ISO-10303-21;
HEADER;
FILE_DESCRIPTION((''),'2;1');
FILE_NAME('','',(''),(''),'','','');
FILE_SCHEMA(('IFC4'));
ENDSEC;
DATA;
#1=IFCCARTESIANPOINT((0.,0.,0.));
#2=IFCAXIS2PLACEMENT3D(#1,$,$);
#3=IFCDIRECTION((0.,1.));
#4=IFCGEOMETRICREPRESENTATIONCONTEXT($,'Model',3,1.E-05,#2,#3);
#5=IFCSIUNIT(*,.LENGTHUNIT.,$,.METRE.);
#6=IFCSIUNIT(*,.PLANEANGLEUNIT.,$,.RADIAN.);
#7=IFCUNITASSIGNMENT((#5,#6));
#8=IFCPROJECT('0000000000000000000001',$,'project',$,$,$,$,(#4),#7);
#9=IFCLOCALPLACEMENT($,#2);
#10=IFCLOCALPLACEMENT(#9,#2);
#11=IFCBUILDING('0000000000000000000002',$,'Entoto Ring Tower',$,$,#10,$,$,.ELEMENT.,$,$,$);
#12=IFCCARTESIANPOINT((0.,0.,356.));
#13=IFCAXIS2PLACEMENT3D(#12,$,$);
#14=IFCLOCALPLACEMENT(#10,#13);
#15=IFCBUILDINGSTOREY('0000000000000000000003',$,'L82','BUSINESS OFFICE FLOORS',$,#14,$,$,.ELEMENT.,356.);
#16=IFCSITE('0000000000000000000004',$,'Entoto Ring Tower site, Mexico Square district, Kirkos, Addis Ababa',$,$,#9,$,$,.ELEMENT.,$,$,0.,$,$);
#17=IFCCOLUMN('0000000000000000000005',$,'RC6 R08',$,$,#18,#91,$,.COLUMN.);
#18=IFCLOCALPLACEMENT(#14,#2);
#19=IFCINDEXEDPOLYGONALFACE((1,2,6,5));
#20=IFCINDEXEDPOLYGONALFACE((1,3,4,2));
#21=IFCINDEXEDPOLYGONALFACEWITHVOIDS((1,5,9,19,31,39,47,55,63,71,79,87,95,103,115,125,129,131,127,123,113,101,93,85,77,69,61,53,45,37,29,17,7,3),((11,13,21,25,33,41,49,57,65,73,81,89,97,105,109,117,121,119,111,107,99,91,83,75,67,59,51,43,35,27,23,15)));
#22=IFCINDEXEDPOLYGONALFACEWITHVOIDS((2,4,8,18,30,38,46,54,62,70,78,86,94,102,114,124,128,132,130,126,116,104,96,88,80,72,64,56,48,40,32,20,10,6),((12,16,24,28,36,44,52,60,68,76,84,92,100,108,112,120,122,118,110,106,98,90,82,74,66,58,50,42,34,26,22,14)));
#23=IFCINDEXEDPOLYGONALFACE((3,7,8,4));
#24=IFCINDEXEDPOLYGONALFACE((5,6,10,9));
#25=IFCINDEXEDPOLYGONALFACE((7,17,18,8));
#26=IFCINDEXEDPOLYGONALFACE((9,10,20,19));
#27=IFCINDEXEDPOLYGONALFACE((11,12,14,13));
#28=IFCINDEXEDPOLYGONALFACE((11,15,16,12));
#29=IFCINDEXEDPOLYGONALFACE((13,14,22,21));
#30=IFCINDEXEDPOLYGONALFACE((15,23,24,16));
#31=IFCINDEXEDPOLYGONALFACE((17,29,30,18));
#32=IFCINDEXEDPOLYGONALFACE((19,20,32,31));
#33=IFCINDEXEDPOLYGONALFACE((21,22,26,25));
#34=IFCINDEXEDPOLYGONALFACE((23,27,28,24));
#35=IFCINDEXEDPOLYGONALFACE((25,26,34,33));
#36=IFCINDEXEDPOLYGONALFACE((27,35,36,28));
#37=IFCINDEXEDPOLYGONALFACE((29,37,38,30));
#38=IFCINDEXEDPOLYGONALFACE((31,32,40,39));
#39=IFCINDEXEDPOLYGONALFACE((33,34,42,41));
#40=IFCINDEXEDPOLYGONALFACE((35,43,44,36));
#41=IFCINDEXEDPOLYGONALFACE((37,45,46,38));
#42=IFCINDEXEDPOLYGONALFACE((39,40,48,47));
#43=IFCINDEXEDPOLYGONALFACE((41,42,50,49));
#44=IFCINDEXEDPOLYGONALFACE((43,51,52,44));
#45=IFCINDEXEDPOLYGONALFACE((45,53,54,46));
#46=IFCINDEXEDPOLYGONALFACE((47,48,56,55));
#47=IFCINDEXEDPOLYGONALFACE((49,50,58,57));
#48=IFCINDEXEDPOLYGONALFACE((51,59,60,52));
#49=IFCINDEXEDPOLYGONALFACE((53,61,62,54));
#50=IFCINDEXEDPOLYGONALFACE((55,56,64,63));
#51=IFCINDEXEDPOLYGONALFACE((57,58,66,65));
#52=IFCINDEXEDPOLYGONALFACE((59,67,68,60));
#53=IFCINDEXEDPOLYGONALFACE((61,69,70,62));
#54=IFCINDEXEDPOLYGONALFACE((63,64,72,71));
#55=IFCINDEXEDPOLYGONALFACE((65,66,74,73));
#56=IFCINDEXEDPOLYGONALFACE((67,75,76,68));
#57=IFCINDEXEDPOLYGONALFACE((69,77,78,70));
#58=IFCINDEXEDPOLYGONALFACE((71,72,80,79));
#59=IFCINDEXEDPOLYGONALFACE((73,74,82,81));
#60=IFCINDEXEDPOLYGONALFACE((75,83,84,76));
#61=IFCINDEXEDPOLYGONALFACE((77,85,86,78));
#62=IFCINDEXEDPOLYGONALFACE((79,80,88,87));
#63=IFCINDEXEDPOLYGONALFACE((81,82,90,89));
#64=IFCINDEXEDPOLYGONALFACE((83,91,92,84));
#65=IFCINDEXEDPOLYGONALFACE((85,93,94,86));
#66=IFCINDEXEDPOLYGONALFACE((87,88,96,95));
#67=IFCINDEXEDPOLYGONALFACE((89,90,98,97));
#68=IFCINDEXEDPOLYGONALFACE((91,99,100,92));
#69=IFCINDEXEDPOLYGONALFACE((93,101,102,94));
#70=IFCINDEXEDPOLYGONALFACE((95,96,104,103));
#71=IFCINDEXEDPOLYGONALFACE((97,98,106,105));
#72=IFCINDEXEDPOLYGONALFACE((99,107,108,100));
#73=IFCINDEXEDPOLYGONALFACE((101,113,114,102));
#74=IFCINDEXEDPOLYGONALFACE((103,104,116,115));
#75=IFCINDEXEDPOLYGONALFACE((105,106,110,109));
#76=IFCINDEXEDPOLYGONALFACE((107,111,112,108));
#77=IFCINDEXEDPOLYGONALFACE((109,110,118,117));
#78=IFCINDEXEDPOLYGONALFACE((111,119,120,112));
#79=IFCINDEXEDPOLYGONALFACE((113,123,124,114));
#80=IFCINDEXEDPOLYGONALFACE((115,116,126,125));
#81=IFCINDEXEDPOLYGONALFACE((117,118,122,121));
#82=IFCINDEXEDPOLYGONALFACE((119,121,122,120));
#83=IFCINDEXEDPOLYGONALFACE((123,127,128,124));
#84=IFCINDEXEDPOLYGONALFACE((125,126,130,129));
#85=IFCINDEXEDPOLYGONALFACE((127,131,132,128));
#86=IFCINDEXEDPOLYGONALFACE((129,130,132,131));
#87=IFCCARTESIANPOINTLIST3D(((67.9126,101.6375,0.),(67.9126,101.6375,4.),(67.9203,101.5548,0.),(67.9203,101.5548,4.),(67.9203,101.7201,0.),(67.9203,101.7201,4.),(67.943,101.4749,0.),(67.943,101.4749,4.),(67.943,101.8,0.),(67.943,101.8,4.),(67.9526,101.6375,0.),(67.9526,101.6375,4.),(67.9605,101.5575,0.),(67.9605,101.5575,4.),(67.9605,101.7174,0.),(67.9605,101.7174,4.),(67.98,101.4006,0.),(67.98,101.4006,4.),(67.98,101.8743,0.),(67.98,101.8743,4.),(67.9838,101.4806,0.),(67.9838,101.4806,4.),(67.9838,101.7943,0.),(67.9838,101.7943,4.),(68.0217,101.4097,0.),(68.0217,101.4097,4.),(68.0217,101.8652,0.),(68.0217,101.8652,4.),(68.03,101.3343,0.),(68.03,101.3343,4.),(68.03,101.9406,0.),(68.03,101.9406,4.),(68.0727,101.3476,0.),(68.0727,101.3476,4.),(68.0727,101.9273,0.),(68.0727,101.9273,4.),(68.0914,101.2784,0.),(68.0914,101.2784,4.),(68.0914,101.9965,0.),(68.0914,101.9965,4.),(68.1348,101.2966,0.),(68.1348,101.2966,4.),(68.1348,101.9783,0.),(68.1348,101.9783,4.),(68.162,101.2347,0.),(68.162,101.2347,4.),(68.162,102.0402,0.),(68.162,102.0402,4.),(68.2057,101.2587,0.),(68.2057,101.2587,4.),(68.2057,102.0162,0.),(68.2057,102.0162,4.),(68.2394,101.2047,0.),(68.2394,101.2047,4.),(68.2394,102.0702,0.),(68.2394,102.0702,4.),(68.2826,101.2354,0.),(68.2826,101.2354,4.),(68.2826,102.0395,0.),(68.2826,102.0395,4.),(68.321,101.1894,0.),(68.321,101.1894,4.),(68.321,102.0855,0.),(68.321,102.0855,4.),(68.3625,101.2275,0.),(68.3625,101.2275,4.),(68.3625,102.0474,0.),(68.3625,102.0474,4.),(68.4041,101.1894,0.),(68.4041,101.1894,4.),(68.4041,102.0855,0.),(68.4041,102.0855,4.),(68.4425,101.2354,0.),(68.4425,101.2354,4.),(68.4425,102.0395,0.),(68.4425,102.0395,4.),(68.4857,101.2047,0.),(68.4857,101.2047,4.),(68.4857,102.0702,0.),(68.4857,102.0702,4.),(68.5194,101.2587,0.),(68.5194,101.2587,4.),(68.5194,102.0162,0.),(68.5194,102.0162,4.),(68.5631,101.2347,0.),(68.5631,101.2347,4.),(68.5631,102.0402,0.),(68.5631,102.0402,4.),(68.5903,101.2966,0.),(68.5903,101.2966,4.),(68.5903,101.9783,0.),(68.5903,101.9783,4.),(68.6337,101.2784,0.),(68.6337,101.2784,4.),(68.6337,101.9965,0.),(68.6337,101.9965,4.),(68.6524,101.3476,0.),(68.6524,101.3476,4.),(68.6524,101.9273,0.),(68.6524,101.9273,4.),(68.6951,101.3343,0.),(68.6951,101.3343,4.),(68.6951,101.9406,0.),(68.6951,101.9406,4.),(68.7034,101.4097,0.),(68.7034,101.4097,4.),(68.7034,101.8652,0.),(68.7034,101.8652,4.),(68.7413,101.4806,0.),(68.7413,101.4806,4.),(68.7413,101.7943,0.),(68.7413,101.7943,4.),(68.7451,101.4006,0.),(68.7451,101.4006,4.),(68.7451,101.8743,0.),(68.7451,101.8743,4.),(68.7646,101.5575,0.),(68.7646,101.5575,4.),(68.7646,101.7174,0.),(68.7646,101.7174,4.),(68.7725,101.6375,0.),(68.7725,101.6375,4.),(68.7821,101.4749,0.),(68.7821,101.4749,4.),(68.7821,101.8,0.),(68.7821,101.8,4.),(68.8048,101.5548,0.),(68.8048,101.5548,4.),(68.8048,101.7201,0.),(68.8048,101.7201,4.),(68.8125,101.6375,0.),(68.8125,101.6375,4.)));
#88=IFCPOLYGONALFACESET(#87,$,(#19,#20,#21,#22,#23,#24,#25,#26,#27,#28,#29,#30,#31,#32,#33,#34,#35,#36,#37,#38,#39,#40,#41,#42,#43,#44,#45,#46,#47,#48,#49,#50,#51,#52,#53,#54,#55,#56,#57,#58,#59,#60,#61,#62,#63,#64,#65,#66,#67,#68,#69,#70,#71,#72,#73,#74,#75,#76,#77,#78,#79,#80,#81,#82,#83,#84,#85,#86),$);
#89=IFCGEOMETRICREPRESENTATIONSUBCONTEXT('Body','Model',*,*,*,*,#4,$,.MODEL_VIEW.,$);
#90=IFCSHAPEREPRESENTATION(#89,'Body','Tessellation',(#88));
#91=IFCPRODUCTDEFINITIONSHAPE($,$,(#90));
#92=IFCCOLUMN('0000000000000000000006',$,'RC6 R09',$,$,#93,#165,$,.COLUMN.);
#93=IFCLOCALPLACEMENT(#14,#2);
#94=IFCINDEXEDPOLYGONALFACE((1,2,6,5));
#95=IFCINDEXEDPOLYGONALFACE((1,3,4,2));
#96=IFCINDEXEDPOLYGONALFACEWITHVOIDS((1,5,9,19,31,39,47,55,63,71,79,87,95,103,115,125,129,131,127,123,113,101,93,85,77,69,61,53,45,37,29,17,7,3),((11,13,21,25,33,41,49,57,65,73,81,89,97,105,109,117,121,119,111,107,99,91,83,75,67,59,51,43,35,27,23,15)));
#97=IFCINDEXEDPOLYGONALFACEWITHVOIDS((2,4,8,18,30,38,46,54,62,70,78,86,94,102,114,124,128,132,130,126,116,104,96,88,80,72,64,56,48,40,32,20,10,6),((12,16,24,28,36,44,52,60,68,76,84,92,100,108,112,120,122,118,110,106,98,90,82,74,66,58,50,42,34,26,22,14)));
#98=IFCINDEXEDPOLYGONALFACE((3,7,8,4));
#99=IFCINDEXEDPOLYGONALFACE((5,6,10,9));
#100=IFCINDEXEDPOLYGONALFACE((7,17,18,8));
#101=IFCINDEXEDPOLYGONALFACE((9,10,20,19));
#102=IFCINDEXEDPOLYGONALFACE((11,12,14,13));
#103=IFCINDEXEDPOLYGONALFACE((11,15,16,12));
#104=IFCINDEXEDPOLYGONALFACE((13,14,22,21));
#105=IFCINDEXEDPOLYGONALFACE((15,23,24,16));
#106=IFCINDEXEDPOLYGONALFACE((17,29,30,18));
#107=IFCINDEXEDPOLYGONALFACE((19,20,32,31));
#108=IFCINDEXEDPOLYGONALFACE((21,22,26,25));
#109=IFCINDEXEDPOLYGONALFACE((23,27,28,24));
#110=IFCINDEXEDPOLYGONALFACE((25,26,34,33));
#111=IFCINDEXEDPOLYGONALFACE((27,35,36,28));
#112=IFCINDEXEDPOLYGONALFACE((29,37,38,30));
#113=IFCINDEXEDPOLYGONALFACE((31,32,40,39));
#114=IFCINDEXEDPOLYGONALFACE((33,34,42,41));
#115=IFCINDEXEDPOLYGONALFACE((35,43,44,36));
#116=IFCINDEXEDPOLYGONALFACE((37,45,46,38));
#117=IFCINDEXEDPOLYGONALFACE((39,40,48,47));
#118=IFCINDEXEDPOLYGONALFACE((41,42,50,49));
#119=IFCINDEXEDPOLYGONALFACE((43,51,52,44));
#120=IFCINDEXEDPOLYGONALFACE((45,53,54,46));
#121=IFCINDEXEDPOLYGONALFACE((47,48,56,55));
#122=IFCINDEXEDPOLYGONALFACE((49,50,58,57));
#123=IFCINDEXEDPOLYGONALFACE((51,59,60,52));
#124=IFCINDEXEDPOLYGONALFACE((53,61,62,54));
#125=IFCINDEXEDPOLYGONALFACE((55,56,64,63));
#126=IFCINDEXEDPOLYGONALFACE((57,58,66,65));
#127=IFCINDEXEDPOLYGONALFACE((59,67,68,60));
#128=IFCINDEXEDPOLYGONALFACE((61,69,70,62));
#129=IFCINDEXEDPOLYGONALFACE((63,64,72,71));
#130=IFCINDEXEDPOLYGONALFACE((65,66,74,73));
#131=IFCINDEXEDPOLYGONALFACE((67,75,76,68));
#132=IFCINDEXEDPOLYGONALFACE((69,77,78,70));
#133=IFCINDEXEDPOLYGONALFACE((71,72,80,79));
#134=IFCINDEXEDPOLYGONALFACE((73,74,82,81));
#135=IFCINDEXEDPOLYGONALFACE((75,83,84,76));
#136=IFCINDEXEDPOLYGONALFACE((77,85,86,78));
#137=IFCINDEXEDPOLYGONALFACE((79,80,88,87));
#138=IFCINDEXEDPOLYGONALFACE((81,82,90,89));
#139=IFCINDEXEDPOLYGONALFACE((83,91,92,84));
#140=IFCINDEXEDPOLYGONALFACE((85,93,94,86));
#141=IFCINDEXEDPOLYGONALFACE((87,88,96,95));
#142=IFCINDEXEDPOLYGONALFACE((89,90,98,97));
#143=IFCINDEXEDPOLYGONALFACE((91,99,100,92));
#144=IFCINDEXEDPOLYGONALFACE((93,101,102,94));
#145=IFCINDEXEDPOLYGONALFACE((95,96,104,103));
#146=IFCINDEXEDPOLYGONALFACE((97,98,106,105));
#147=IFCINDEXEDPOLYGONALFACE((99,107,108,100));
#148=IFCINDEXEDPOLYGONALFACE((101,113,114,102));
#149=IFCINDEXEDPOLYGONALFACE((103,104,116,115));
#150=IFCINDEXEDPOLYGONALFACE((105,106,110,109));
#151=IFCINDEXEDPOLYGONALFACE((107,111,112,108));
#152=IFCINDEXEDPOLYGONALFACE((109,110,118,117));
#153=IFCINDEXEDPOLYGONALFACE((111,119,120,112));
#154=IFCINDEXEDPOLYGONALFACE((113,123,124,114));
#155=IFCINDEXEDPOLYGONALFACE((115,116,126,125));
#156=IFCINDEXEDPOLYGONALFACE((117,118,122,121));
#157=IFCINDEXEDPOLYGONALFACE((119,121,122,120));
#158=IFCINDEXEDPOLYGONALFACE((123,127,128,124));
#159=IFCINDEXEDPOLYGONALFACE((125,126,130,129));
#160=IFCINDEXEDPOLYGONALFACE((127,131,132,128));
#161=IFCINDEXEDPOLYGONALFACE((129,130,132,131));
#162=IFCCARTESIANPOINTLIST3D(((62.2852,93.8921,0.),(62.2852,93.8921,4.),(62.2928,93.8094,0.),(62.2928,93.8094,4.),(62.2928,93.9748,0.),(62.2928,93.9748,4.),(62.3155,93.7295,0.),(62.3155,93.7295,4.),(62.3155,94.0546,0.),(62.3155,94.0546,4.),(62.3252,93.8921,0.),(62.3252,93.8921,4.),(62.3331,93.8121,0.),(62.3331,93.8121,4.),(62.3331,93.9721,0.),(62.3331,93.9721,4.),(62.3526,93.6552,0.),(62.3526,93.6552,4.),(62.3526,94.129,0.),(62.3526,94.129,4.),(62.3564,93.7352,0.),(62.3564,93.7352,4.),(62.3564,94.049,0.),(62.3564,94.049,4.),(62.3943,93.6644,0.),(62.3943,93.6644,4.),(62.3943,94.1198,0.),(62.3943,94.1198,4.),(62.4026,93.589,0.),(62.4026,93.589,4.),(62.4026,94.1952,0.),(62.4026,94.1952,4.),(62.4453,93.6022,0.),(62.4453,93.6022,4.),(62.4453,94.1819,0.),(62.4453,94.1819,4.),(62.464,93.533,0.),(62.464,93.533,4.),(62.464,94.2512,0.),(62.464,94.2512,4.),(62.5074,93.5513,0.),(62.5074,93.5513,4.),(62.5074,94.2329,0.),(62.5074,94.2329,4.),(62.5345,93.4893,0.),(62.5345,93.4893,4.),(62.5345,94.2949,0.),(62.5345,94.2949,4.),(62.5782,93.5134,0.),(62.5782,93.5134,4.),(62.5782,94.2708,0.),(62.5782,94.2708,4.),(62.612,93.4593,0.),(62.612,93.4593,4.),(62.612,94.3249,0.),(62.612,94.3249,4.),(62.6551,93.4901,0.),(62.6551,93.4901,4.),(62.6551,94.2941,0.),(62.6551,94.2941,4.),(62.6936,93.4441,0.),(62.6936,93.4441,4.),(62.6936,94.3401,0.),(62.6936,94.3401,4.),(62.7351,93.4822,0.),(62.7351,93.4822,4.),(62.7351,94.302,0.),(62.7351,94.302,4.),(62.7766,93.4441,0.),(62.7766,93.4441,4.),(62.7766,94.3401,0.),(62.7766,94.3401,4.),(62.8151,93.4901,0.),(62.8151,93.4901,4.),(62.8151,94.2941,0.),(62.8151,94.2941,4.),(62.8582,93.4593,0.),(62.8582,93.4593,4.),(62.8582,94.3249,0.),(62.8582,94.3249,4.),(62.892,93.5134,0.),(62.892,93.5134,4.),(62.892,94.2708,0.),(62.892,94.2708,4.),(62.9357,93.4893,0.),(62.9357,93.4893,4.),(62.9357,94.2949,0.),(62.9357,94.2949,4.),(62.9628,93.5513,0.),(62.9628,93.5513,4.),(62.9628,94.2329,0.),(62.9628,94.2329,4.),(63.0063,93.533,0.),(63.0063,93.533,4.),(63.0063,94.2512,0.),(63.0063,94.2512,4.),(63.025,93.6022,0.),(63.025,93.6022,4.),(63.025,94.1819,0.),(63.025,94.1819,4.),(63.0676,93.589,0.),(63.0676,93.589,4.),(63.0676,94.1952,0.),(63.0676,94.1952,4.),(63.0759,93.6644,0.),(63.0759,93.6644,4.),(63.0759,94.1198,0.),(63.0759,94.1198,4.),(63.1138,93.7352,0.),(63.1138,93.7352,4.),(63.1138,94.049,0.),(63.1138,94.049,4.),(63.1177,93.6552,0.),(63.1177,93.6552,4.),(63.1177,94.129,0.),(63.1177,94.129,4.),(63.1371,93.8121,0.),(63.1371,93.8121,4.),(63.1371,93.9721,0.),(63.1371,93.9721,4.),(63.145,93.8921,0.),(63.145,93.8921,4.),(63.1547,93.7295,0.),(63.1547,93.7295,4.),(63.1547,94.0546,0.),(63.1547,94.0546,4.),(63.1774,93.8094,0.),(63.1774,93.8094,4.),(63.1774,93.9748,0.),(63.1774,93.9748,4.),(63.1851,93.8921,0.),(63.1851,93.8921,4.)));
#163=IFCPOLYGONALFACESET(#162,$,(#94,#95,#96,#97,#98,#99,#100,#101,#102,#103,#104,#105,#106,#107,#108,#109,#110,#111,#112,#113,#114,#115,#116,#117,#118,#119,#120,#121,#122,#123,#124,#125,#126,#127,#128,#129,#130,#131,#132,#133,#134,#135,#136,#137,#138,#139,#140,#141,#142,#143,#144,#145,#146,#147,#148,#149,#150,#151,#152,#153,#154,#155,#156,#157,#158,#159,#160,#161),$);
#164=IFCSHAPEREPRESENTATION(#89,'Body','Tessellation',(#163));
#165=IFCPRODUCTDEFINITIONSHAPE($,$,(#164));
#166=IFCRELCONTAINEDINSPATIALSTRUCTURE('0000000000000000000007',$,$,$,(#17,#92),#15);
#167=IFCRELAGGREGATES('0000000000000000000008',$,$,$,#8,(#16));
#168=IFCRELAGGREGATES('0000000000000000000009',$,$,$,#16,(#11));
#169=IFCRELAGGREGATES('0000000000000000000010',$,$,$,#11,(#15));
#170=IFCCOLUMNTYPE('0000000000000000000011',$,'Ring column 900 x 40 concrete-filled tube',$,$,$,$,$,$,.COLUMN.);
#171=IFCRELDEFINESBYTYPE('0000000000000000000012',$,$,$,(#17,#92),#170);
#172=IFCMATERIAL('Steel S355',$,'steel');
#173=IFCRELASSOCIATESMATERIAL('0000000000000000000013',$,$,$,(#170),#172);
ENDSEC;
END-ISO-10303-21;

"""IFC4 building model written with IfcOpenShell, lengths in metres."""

from ifc_helpers import new_model, si_unit, direction, frame, origin, origin_2d, place, context, subcontext, project, spatial, circle, hollow_circle, extrude, material, material_profile, profile_set, type_object, element, save


model = new_model("IFC4")

# Units and contexts
model_context = context("Model", 3, precision=1e-05, world=origin(), true_north=direction((0.0, 1.0)))
body_context = subcontext(model_context, "Body", "Model", "MODEL_VIEW")
ifc_project = project(units=[si_unit("LENGTHUNIT", "METRE"), si_unit("PLANEANGLEUNIT", "RADIAN")], contexts=[model_context])

# Site, building, storey
site_placement = place(None, origin())
site = spatial("IfcSite", under=ifc_project, at=site_placement, Name="Entoto Ring Tower site, Mexico Square district, Kirkos, Addis Ababa", CompositionType="ELEMENT", RefElevation=0.0)
building_placement = place(site_placement, origin())
building = spatial("IfcBuilding", under=site, at=building_placement, Name="Entoto Ring Tower", CompositionType="ELEMENT")
storey_placement = place(building_placement, frame((0.0, 0.0, 356.0)))
storey = spatial("IfcBuildingStorey", under=building, at=storey_placement, Name="L82", Description="BUSINESS OFFICE FLOORS", CompositionType="ELEMENT", Elevation=356.0)

# Columns
ifc_material_1 = material(Name="Steel S355", Category="steel")
ifc_material_profile_1 = material_profile(ifc_material_1, hollow_circle(Radius=0.45, WallThickness=0.04, at=origin_2d()), Name="CHS 900 x 40")
ifc_material_2 = material(Name="Concrete C60/75", Category="concrete")
ifc_material_profile_2 = material_profile(ifc_material_2, circle(Radius=0.4099, at=origin_2d()), Name="Concrete C60/75 infill")
ifc_profile_set_1 = profile_set([ifc_material_profile_1, ifc_material_profile_2], Name="Steel S355")
column_type = type_object("IfcColumnType", Name="Ring column 900 x 40 concrete-filled tube", PredefinedType="COLUMN", material=ifc_profile_set_1)
for number, where, z_axis, x_axis, name in (
    (1, (68.3625, 101.6375, 0.0), (0.0, 0.0, 1.0), (1.0, 0.0, 0.0), "RC6 R08"),
    (2, (62.7351, 93.8921, 0.0), (0.0, 0.0, 1.0), (1.0, 0.0, 0.0), "RC6 R09"),
):
    element("IfcColumn", number, at=place(storey_placement, frame(where, z_axis=z_axis, x_axis=x_axis)), inside=storey, type_object=column_type, Name=name, PredefinedType="COLUMN", context=body_context, shape_type="SweptSolid", body=[
        extrude(hollow_circle(Radius=0.45, WallThickness=0.04, at=origin_2d()), origin(), (0.0, 0.0, 1.0), 4.0),
    ])

save(model, "model.ifc")
